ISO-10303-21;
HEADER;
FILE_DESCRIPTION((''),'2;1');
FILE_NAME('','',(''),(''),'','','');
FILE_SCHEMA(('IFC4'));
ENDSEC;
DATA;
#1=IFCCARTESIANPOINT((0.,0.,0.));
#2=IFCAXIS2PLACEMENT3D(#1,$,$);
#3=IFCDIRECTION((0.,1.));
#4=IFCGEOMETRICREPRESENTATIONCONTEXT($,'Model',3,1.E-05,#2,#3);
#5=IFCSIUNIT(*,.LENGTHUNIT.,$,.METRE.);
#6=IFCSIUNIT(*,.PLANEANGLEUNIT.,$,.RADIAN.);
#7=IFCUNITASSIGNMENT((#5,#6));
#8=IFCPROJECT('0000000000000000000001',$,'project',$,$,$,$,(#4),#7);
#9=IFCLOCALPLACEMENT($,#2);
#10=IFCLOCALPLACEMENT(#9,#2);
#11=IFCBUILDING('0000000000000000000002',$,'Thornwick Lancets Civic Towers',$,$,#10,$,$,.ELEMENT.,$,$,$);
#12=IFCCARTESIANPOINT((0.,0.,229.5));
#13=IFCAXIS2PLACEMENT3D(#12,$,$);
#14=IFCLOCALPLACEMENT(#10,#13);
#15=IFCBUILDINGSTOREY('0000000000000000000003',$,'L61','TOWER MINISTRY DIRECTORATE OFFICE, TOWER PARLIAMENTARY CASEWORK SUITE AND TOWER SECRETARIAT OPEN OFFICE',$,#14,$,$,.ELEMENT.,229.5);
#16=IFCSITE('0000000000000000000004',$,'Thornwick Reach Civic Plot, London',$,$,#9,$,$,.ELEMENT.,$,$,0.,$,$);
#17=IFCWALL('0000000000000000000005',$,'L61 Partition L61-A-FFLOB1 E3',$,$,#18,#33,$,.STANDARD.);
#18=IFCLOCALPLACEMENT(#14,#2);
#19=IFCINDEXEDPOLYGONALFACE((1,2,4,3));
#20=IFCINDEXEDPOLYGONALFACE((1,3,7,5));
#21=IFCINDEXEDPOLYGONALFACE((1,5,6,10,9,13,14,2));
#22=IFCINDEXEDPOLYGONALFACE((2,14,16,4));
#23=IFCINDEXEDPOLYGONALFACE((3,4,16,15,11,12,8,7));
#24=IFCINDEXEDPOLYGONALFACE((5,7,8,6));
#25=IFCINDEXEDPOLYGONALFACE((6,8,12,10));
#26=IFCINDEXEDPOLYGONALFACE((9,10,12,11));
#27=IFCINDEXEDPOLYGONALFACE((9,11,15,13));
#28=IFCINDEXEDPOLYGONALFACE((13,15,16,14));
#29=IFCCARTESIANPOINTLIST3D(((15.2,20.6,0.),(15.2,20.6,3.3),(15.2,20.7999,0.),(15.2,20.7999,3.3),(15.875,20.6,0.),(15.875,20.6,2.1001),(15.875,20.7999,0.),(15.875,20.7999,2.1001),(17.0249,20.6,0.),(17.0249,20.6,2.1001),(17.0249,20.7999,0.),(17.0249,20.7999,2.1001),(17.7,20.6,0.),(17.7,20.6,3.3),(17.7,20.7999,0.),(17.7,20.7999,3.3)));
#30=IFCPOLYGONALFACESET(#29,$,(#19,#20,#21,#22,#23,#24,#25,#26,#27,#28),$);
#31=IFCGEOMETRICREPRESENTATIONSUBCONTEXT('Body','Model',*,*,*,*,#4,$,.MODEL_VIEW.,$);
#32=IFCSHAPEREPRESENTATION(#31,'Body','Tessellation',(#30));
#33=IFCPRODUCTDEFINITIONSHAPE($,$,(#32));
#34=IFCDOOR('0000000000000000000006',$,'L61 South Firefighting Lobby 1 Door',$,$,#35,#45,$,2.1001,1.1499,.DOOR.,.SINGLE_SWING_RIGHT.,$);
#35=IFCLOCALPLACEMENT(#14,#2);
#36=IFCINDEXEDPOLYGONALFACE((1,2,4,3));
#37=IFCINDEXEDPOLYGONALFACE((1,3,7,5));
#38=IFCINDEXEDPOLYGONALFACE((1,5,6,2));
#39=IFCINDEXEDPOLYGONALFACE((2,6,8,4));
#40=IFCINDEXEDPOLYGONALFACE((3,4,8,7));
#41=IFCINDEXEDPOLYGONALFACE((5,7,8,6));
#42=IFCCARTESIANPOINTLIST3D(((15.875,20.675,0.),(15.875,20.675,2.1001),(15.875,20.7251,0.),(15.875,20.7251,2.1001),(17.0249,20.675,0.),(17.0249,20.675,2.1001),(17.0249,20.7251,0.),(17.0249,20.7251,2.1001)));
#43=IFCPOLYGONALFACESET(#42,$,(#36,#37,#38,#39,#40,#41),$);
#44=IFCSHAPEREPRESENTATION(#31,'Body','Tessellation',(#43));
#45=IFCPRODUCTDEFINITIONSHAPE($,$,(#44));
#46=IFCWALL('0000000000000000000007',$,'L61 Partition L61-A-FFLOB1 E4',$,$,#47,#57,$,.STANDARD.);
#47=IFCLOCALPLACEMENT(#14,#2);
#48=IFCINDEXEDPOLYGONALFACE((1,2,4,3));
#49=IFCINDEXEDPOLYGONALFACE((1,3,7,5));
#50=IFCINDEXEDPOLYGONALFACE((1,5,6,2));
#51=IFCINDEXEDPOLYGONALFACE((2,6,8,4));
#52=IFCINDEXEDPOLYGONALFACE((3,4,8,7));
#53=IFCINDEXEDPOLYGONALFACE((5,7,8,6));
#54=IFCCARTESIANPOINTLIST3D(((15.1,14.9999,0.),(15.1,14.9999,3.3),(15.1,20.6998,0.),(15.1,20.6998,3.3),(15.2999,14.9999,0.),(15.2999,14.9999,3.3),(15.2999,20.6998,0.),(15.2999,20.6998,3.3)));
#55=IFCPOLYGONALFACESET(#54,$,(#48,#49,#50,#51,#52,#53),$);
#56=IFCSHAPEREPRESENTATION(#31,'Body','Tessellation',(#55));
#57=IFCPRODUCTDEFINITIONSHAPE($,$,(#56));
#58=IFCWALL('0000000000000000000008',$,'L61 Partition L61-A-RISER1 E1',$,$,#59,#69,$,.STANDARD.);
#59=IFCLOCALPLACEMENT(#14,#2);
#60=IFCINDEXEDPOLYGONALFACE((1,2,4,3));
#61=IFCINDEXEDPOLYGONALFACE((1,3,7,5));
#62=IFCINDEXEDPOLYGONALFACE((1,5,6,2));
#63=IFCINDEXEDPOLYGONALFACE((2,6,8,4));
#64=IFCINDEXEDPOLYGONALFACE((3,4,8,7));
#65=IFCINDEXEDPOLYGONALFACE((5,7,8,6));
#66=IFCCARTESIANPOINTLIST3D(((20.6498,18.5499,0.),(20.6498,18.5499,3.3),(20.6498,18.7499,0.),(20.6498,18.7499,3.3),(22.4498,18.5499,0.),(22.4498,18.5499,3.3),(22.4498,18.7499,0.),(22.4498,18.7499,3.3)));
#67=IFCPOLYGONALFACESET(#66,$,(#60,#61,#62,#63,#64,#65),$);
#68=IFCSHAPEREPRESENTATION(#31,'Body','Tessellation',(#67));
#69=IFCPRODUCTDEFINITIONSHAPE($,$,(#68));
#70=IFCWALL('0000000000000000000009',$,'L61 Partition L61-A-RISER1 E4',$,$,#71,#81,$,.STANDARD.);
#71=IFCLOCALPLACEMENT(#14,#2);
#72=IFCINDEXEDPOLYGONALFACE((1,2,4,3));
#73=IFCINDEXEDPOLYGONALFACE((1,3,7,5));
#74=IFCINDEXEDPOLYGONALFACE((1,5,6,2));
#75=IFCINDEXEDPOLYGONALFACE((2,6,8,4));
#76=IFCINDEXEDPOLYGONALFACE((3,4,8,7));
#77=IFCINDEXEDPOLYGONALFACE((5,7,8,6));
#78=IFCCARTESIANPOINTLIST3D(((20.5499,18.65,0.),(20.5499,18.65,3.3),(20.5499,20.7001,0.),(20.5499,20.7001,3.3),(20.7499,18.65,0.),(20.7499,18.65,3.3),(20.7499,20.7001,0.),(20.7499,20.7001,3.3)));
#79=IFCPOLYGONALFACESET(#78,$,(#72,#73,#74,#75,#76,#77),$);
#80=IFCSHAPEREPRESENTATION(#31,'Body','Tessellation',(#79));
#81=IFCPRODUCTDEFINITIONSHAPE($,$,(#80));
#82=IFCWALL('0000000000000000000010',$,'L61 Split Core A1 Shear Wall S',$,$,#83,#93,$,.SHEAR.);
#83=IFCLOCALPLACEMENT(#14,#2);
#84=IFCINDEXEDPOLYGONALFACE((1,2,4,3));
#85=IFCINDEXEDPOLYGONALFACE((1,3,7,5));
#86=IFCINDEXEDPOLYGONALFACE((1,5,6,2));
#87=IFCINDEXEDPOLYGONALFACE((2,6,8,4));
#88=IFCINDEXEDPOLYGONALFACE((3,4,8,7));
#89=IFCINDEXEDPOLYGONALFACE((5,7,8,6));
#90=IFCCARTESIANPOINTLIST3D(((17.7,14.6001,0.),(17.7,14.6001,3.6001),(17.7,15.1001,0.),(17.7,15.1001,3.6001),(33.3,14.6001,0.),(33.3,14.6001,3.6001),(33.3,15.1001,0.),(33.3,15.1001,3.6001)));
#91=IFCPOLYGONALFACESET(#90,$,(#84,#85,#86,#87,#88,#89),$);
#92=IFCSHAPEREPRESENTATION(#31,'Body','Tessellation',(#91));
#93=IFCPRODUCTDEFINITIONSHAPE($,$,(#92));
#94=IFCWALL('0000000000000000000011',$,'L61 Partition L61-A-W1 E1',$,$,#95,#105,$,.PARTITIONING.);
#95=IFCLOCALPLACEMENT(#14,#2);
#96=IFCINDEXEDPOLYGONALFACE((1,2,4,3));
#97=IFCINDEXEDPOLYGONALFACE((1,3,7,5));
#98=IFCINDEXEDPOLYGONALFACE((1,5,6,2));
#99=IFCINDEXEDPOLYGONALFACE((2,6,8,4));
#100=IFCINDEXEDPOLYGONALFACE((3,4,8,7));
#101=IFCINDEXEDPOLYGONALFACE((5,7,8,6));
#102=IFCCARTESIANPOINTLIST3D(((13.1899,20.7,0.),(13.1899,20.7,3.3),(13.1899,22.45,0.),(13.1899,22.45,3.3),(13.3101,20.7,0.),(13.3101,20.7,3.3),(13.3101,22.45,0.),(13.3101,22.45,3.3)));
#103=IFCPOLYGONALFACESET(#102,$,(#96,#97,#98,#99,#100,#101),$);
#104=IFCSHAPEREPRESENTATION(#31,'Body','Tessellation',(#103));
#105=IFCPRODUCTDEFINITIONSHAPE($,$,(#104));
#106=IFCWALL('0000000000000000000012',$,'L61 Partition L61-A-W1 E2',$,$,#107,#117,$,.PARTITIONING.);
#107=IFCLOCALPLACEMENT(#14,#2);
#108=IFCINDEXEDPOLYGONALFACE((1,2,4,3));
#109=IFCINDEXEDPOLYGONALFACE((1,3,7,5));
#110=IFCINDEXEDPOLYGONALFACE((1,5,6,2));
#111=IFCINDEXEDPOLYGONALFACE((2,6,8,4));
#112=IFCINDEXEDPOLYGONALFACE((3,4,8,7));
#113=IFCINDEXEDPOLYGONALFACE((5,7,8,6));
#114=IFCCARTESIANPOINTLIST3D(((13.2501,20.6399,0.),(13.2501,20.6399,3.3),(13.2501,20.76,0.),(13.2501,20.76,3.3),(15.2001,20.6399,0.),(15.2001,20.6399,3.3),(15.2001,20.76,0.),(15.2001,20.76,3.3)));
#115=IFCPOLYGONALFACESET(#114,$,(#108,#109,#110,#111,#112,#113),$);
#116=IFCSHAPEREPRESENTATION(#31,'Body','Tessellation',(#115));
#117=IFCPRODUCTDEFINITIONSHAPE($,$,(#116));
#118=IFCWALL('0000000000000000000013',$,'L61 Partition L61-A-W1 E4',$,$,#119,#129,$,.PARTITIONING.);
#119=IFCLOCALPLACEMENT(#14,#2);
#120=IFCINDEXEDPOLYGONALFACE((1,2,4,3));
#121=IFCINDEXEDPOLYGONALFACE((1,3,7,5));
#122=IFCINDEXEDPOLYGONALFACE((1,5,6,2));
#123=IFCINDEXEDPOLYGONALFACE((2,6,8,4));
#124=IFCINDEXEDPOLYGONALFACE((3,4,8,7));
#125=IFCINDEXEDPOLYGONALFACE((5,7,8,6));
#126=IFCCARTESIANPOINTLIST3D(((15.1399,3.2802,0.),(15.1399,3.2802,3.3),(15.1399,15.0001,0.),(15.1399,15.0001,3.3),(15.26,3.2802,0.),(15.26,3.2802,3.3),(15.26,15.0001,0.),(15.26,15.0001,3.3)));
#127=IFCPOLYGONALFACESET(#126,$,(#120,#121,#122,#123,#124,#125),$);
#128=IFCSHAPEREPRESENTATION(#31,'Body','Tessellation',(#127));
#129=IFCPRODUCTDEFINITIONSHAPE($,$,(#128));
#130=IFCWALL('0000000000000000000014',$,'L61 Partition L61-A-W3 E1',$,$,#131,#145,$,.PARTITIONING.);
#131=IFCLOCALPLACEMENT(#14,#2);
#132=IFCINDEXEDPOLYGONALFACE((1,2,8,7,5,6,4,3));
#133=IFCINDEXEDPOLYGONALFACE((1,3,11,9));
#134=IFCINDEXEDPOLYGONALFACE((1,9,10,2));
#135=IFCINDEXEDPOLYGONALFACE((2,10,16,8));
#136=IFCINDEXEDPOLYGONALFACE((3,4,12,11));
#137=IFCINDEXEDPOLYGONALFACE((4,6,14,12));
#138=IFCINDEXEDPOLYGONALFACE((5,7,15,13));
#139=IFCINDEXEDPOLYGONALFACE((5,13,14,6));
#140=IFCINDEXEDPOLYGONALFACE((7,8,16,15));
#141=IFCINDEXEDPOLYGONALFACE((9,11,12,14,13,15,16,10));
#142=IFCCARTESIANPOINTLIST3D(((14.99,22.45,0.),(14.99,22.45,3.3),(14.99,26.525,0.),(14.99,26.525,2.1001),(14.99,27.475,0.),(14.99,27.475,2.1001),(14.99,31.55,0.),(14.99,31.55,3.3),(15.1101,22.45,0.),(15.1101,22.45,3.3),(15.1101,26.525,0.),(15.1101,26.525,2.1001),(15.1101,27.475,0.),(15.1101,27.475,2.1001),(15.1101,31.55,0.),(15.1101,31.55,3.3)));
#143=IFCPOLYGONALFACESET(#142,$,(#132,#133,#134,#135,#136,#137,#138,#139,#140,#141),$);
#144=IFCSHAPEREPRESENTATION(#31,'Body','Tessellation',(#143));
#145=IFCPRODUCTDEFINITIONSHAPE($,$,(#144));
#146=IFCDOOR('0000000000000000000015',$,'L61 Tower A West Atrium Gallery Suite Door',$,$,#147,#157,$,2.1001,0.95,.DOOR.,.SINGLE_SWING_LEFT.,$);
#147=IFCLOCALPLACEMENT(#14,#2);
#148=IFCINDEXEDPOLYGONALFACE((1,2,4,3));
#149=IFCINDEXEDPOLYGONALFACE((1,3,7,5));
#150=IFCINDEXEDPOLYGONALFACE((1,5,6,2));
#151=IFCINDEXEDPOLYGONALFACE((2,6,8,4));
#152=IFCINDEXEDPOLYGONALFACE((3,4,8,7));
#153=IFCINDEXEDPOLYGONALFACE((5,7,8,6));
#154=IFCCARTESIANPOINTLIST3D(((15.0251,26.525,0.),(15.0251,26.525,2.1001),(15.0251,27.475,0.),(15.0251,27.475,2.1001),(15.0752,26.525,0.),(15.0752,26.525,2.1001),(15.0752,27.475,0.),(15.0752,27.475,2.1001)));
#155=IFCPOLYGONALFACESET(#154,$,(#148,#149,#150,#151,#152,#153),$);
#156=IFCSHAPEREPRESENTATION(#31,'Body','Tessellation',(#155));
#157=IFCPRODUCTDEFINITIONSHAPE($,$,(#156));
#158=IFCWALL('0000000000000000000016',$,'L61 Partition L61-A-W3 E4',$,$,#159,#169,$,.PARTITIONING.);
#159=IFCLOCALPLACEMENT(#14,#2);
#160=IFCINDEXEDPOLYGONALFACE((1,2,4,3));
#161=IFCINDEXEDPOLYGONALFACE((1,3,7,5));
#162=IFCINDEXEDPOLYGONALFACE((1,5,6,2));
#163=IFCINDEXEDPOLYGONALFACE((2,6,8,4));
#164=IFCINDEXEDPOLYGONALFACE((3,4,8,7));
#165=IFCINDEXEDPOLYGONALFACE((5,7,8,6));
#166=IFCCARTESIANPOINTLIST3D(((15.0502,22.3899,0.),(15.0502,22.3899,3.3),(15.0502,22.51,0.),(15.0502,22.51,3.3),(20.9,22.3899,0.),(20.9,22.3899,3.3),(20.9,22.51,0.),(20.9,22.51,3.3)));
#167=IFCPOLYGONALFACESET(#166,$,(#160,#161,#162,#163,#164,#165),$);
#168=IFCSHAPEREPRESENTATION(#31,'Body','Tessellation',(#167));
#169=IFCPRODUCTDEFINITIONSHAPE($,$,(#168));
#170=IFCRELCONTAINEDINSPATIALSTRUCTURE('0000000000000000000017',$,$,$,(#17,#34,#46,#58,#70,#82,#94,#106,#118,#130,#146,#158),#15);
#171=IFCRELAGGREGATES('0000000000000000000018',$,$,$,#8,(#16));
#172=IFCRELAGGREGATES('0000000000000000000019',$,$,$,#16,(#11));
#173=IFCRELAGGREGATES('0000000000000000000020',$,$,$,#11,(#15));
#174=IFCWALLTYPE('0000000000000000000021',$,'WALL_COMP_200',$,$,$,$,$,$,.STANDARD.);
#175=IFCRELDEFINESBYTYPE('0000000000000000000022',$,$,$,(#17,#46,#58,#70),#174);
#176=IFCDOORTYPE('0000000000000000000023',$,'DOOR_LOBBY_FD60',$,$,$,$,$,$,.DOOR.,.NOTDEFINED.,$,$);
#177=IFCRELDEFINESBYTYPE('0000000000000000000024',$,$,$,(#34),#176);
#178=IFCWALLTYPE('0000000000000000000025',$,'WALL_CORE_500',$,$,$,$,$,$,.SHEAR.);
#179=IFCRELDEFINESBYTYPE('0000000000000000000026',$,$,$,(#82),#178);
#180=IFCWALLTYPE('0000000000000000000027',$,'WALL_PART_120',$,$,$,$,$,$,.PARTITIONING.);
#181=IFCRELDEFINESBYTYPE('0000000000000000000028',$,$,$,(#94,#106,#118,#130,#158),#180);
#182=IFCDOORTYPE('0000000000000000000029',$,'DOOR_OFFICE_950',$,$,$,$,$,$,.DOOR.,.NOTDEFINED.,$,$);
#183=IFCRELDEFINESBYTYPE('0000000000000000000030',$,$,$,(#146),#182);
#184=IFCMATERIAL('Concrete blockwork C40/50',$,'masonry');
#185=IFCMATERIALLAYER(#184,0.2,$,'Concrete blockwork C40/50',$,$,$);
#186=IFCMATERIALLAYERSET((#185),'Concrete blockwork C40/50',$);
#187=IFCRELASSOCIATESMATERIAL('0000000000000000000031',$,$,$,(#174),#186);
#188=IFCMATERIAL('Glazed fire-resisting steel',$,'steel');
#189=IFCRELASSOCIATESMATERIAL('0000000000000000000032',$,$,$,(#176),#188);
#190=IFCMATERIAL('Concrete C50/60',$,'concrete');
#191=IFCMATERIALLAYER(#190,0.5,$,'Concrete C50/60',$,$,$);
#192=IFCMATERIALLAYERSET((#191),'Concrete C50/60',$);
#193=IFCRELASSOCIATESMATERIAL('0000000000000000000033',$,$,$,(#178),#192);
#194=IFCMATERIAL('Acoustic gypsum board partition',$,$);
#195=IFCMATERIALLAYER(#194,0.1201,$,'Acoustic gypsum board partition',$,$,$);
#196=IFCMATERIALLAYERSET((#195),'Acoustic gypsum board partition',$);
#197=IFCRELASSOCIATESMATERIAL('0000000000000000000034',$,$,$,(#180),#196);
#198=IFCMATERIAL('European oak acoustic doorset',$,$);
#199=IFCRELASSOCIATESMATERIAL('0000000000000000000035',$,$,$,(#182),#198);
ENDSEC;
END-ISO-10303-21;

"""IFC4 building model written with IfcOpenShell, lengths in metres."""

from ifc_helpers import new_model, si_unit, direction, frame, frame_2d, origin, place, context, subcontext, project, spatial, rectangle, extrude, material, layer, layer_set, type_object, element, fill, save


model = new_model("IFC4")

# Units and contexts
model_context = context("Model", 3, precision=1e-05, world=origin(), true_north=direction((0.0, 1.0)))
body_context = subcontext(model_context, "Body", "Model", "MODEL_VIEW")
ifc_project = project(units=[si_unit("LENGTHUNIT", "METRE"), si_unit("PLANEANGLEUNIT", "RADIAN")], contexts=[model_context])

# Site, building, storey
site_placement = place(None, origin())
site = spatial("IfcSite", under=ifc_project, at=site_placement, Name="Thornwick Reach Civic Plot, London", CompositionType="ELEMENT", RefElevation=0.0)
building_placement = place(site_placement, origin())
building = spatial("IfcBuilding", under=site, at=building_placement, Name="Thornwick Lancets Civic Towers", CompositionType="ELEMENT")
storey_placement = place(building_placement, frame((0.0, 0.0, 229.5)))
storey = spatial("IfcBuildingStorey", under=building, at=storey_placement, Name="L61", Description="TOWER MINISTRY DIRECTORATE OFFICE, TOWER PARLIAMENTARY CASEWORK SUITE AND TOWER SECRETARIAT OPEN OFFICE", CompositionType="ELEMENT", Elevation=229.5)

# Shared definitions
ifc_material_1 = material(Name="Concrete C50/60", Category="concrete")

# Shared definitions
ifc_material_2 = material(Name="Concrete blockwork C40/50", Category="masonry")
ifc_layer_1 = layer(ifc_material_2, 0.2, Name="Concrete blockwork C40/50")
ifc_layer_set_1 = layer_set([ifc_layer_1], Name="Concrete blockwork C40/50")
wall_type_1 = type_object("IfcWallType", Name="WALL_COMP_200", PredefinedType="STANDARD", material=ifc_layer_set_1)

# Wall, opening, door
wall_1_placement = place(storey_placement, frame((17.7, 20.7, 0.0), z_axis=(0.0, 0.0, 1.0), x_axis=(-1.0, 0.0, 0.0)))
wall_1 = element("IfcWall", 1, at=wall_1_placement, inside=storey, type_object=wall_type_1, Name="L61 Partition L61-A-FFLOB1 E3", PredefinedType="STANDARD", context=body_context, shape_type="SweptSolid", body=[
    extrude(rectangle(XDim=2.5, YDim=0.2, at=frame_2d((1.25, 0.0))), origin(), (0.0, 0.0, 1.0), 3.3),
])
opening_1_placement = place(wall_1_placement, frame((0.675, 0.0, 0.0)))
opening_1 = element("IfcOpeningElement", 2, at=opening_1_placement, cuts=wall_1, PredefinedType="OPENING", context=body_context, shape_type="SweptSolid", body=[
    extrude(rectangle(XDim=1.1499, YDim=2.1001, at=frame_2d((0.575, 1.05))), frame((0.0, 0.1099, 0.0), z_axis=(0.0, -1.0, 0.0), x_axis=(1.0, 0.0, 0.0)), (0.0, 0.0, 1.0), 0.22),
])
ifc_material_3 = material(Name="Glazed fire-resisting steel", Category="steel")
door_type_1 = type_object("IfcDoorType", Name="DOOR_LOBBY_FD60", OperationType="NOTDEFINED", PredefinedType="DOOR", material=ifc_material_3)
door_1_placement = place(opening_1_placement, origin())
door_1 = element("IfcDoor", 3, at=door_1_placement, inside=storey, type_object=door_type_1, Name="L61 South Firefighting Lobby 1 Door", OperationType="SINGLE_SWING_RIGHT", OverallHeight=2.1001, OverallWidth=1.1499, PredefinedType="DOOR", context=body_context, shape_type="SweptSolid", body=[
    extrude(rectangle(XDim=1.1499, YDim=2.1001, at=frame_2d((0.575, 1.05))), frame((0.0, 0.0249, 0.0), z_axis=(0.0, -1.0, 0.0), x_axis=(1.0, 0.0, 0.0)), (0.0, 0.0, 1.0), 0.05),
])
fill(opening_1, door_1)

# Walls
wall_2_placement = place(storey_placement, frame((15.2, 20.7, 0.0), z_axis=(0.0, 0.0, 1.0), x_axis=(0.0, -1.0, 0.0)))
element("IfcWall", 4, at=wall_2_placement, inside=storey, type_object=wall_type_1, Name="L61 Partition L61-A-FFLOB1 E4", PredefinedType="STANDARD", context=body_context, shape_type="SweptSolid", body=[
    extrude(rectangle(XDim=5.7, YDim=0.2, at=frame_2d((2.8501, 0.0))), origin(), (0.0, 0.0, 1.0), 3.3),
])
wall_3_placement = place(storey_placement, frame((20.6499, 18.6499, 0.0), z_axis=(0.0, 0.0, 1.0), x_axis=(1.0, 0.0, 0.0)))
element("IfcWall", 5, at=wall_3_placement, inside=storey, type_object=wall_type_1, Name="L61 Partition L61-A-RISER1 E1", PredefinedType="STANDARD", context=body_context, shape_type="SweptSolid", body=[
    extrude(rectangle(XDim=1.8, YDim=0.2, at=frame_2d((0.8999, 0.0))), origin(), (0.0, 0.0, 1.0), 3.3),
])
wall_4_placement = place(storey_placement, frame((20.6499, 20.7, 0.0), z_axis=(0.0, 0.0, 1.0), x_axis=(0.0, -1.0, 0.0)))
element("IfcWall", 6, at=wall_4_placement, inside=storey, type_object=wall_type_1, Name="L61 Partition L61-A-RISER1 E4", PredefinedType="STANDARD", context=body_context, shape_type="SweptSolid", body=[
    extrude(rectangle(XDim=2.05, YDim=0.2, at=frame_2d((1.0249, 0.0))), origin(), (0.0, 0.0, 1.0), 3.3),
])
ifc_layer_2 = layer(ifc_material_1, 0.5, Name="Concrete C50/60")
ifc_layer_set_2 = layer_set([ifc_layer_2], Name="Concrete C50/60")
wall_type_2 = type_object("IfcWallType", Name="WALL_CORE_500", PredefinedType="SHEAR", material=ifc_layer_set_2)
wall_5_placement = place(storey_placement, frame((17.7, 14.8501, 0.0), z_axis=(0.0, 0.0, 1.0), x_axis=(1.0, 0.0, 0.0)))
element("IfcWall", 7, at=wall_5_placement, inside=storey, type_object=wall_type_2, Name="L61 Split Core A1 Shear Wall S", PredefinedType="SHEAR", context=body_context, shape_type="SweptSolid", body=[
    extrude(rectangle(XDim=15.6001, YDim=0.5, at=frame_2d((7.8, 0.0))), origin(), (0.0, 0.0, 1.0), 3.6001),
])
ifc_material_4 = material(Name="Acoustic gypsum board partition")
ifc_layer_3 = layer(ifc_material_4, 0.1201, Name="Acoustic gypsum board partition")
ifc_layer_set_3 = layer_set([ifc_layer_3], Name="Acoustic gypsum board partition")
wall_type_3 = type_object("IfcWallType", Name="WALL_PART_120", PredefinedType="PARTITIONING", material=ifc_layer_set_3)
wall_6_placement = place(storey_placement, frame((13.25, 22.45, 0.0), z_axis=(0.0, 0.0, 1.0), x_axis=(0.0, -1.0, 0.0)))
element("IfcWall", 8, at=wall_6_placement, inside=storey, type_object=wall_type_3, Name="L61 Partition L61-A-W1 E1", PredefinedType="PARTITIONING", context=body_context, shape_type="SweptSolid", body=[
    extrude(rectangle(XDim=1.75, YDim=0.1201, at=frame_2d((0.875, 0.0))), origin(), (0.0, 0.0, 1.0), 3.3),
])
wall_7_placement = place(storey_placement, frame((13.25, 20.7, 0.0), z_axis=(0.0, 0.0, 1.0), x_axis=(1.0, 0.0, 0.0)))
element("IfcWall", 9, at=wall_7_placement, inside=storey, type_object=wall_type_3, Name="L61 Partition L61-A-W1 E2", PredefinedType="PARTITIONING", context=body_context, shape_type="SweptSolid", body=[
    extrude(rectangle(XDim=1.95, YDim=0.1201, at=frame_2d((0.9751, 0.0))), origin(), (0.0, 0.0, 1.0), 3.3),
])
wall_8_placement = place(storey_placement, frame((15.2, 15.0, 0.0), z_axis=(0.0, 0.0, 1.0), x_axis=(0.0, -1.0, 0.0)))
element("IfcWall", 10, at=wall_8_placement, inside=storey, type_object=wall_type_3, Name="L61 Partition L61-A-W1 E4", PredefinedType="PARTITIONING", context=body_context, shape_type="SweptSolid", body=[
    extrude(rectangle(XDim=11.72, YDim=0.1201, at=frame_2d((5.8599, 0.0))), origin(), (0.0, 0.0, 1.0), 3.3),
])

# Wall, opening, door
wall_9_placement = place(storey_placement, frame((15.05, 22.45, 0.0), z_axis=(0.0, 0.0, 1.0), x_axis=(0.0, 1.0, 0.0)))
wall_9 = element("IfcWall", 11, at=wall_9_placement, inside=storey, type_object=wall_type_3, Name="L61 Partition L61-A-W3 E1", PredefinedType="PARTITIONING", context=body_context, shape_type="SweptSolid", body=[
    extrude(rectangle(XDim=9.1001, YDim=0.1201, at=frame_2d((4.55, 0.0))), origin(), (0.0, 0.0, 1.0), 3.3),
])
opening_2_placement = place(wall_9_placement, frame((4.075, 0.0, 0.0)))
opening_2 = element("IfcOpeningElement", 12, at=opening_2_placement, cuts=wall_9, PredefinedType="OPENING", context=body_context, shape_type="SweptSolid", body=[
    extrude(rectangle(XDim=0.95, YDim=2.1001, at=frame_2d((0.4751, 1.05))), frame((0.0, 0.0701, 0.0), z_axis=(0.0, -1.0, 0.0), x_axis=(1.0, 0.0, 0.0)), (0.0, 0.0, 1.0), 0.1401),
])
ifc_material_5 = material(Name="European oak acoustic doorset")
door_type_2 = type_object("IfcDoorType", Name="DOOR_OFFICE_950", OperationType="NOTDEFINED", PredefinedType="DOOR", material=ifc_material_5)
door_2_placement = place(opening_2_placement, origin())
door_2 = element("IfcDoor", 13, at=door_2_placement, inside=storey, type_object=door_type_2, Name="L61 Tower A West Atrium Gallery Suite Door", OperationType="SINGLE_SWING_LEFT", OverallHeight=2.1001, OverallWidth=0.95, PredefinedType="DOOR", context=body_context, shape_type="SweptSolid", body=[
    extrude(rectangle(XDim=0.95, YDim=2.1001, at=frame_2d((0.4751, 1.05))), frame((0.0, 0.0249, 0.0), z_axis=(0.0, -1.0, 0.0), x_axis=(1.0, 0.0, 0.0)), (0.0, 0.0, 1.0), 0.05),
])
fill(opening_2, door_2)

# Wall
wall_10_placement = place(storey_placement, frame((20.8999, 22.45, 0.0), z_axis=(0.0, 0.0, 1.0), x_axis=(-1.0, 0.0, 0.0)))
element("IfcWall", 14, at=wall_10_placement, inside=storey, type_object=wall_type_3, Name="L61 Partition L61-A-W3 E4", PredefinedType="PARTITIONING", context=body_context, shape_type="SweptSolid", body=[
    extrude(rectangle(XDim=5.8499, YDim=0.1201, at=frame_2d((2.9248, 0.0))), origin(), (0.0, 0.0, 1.0), 3.3),
])

save(model, "model.ifc")
